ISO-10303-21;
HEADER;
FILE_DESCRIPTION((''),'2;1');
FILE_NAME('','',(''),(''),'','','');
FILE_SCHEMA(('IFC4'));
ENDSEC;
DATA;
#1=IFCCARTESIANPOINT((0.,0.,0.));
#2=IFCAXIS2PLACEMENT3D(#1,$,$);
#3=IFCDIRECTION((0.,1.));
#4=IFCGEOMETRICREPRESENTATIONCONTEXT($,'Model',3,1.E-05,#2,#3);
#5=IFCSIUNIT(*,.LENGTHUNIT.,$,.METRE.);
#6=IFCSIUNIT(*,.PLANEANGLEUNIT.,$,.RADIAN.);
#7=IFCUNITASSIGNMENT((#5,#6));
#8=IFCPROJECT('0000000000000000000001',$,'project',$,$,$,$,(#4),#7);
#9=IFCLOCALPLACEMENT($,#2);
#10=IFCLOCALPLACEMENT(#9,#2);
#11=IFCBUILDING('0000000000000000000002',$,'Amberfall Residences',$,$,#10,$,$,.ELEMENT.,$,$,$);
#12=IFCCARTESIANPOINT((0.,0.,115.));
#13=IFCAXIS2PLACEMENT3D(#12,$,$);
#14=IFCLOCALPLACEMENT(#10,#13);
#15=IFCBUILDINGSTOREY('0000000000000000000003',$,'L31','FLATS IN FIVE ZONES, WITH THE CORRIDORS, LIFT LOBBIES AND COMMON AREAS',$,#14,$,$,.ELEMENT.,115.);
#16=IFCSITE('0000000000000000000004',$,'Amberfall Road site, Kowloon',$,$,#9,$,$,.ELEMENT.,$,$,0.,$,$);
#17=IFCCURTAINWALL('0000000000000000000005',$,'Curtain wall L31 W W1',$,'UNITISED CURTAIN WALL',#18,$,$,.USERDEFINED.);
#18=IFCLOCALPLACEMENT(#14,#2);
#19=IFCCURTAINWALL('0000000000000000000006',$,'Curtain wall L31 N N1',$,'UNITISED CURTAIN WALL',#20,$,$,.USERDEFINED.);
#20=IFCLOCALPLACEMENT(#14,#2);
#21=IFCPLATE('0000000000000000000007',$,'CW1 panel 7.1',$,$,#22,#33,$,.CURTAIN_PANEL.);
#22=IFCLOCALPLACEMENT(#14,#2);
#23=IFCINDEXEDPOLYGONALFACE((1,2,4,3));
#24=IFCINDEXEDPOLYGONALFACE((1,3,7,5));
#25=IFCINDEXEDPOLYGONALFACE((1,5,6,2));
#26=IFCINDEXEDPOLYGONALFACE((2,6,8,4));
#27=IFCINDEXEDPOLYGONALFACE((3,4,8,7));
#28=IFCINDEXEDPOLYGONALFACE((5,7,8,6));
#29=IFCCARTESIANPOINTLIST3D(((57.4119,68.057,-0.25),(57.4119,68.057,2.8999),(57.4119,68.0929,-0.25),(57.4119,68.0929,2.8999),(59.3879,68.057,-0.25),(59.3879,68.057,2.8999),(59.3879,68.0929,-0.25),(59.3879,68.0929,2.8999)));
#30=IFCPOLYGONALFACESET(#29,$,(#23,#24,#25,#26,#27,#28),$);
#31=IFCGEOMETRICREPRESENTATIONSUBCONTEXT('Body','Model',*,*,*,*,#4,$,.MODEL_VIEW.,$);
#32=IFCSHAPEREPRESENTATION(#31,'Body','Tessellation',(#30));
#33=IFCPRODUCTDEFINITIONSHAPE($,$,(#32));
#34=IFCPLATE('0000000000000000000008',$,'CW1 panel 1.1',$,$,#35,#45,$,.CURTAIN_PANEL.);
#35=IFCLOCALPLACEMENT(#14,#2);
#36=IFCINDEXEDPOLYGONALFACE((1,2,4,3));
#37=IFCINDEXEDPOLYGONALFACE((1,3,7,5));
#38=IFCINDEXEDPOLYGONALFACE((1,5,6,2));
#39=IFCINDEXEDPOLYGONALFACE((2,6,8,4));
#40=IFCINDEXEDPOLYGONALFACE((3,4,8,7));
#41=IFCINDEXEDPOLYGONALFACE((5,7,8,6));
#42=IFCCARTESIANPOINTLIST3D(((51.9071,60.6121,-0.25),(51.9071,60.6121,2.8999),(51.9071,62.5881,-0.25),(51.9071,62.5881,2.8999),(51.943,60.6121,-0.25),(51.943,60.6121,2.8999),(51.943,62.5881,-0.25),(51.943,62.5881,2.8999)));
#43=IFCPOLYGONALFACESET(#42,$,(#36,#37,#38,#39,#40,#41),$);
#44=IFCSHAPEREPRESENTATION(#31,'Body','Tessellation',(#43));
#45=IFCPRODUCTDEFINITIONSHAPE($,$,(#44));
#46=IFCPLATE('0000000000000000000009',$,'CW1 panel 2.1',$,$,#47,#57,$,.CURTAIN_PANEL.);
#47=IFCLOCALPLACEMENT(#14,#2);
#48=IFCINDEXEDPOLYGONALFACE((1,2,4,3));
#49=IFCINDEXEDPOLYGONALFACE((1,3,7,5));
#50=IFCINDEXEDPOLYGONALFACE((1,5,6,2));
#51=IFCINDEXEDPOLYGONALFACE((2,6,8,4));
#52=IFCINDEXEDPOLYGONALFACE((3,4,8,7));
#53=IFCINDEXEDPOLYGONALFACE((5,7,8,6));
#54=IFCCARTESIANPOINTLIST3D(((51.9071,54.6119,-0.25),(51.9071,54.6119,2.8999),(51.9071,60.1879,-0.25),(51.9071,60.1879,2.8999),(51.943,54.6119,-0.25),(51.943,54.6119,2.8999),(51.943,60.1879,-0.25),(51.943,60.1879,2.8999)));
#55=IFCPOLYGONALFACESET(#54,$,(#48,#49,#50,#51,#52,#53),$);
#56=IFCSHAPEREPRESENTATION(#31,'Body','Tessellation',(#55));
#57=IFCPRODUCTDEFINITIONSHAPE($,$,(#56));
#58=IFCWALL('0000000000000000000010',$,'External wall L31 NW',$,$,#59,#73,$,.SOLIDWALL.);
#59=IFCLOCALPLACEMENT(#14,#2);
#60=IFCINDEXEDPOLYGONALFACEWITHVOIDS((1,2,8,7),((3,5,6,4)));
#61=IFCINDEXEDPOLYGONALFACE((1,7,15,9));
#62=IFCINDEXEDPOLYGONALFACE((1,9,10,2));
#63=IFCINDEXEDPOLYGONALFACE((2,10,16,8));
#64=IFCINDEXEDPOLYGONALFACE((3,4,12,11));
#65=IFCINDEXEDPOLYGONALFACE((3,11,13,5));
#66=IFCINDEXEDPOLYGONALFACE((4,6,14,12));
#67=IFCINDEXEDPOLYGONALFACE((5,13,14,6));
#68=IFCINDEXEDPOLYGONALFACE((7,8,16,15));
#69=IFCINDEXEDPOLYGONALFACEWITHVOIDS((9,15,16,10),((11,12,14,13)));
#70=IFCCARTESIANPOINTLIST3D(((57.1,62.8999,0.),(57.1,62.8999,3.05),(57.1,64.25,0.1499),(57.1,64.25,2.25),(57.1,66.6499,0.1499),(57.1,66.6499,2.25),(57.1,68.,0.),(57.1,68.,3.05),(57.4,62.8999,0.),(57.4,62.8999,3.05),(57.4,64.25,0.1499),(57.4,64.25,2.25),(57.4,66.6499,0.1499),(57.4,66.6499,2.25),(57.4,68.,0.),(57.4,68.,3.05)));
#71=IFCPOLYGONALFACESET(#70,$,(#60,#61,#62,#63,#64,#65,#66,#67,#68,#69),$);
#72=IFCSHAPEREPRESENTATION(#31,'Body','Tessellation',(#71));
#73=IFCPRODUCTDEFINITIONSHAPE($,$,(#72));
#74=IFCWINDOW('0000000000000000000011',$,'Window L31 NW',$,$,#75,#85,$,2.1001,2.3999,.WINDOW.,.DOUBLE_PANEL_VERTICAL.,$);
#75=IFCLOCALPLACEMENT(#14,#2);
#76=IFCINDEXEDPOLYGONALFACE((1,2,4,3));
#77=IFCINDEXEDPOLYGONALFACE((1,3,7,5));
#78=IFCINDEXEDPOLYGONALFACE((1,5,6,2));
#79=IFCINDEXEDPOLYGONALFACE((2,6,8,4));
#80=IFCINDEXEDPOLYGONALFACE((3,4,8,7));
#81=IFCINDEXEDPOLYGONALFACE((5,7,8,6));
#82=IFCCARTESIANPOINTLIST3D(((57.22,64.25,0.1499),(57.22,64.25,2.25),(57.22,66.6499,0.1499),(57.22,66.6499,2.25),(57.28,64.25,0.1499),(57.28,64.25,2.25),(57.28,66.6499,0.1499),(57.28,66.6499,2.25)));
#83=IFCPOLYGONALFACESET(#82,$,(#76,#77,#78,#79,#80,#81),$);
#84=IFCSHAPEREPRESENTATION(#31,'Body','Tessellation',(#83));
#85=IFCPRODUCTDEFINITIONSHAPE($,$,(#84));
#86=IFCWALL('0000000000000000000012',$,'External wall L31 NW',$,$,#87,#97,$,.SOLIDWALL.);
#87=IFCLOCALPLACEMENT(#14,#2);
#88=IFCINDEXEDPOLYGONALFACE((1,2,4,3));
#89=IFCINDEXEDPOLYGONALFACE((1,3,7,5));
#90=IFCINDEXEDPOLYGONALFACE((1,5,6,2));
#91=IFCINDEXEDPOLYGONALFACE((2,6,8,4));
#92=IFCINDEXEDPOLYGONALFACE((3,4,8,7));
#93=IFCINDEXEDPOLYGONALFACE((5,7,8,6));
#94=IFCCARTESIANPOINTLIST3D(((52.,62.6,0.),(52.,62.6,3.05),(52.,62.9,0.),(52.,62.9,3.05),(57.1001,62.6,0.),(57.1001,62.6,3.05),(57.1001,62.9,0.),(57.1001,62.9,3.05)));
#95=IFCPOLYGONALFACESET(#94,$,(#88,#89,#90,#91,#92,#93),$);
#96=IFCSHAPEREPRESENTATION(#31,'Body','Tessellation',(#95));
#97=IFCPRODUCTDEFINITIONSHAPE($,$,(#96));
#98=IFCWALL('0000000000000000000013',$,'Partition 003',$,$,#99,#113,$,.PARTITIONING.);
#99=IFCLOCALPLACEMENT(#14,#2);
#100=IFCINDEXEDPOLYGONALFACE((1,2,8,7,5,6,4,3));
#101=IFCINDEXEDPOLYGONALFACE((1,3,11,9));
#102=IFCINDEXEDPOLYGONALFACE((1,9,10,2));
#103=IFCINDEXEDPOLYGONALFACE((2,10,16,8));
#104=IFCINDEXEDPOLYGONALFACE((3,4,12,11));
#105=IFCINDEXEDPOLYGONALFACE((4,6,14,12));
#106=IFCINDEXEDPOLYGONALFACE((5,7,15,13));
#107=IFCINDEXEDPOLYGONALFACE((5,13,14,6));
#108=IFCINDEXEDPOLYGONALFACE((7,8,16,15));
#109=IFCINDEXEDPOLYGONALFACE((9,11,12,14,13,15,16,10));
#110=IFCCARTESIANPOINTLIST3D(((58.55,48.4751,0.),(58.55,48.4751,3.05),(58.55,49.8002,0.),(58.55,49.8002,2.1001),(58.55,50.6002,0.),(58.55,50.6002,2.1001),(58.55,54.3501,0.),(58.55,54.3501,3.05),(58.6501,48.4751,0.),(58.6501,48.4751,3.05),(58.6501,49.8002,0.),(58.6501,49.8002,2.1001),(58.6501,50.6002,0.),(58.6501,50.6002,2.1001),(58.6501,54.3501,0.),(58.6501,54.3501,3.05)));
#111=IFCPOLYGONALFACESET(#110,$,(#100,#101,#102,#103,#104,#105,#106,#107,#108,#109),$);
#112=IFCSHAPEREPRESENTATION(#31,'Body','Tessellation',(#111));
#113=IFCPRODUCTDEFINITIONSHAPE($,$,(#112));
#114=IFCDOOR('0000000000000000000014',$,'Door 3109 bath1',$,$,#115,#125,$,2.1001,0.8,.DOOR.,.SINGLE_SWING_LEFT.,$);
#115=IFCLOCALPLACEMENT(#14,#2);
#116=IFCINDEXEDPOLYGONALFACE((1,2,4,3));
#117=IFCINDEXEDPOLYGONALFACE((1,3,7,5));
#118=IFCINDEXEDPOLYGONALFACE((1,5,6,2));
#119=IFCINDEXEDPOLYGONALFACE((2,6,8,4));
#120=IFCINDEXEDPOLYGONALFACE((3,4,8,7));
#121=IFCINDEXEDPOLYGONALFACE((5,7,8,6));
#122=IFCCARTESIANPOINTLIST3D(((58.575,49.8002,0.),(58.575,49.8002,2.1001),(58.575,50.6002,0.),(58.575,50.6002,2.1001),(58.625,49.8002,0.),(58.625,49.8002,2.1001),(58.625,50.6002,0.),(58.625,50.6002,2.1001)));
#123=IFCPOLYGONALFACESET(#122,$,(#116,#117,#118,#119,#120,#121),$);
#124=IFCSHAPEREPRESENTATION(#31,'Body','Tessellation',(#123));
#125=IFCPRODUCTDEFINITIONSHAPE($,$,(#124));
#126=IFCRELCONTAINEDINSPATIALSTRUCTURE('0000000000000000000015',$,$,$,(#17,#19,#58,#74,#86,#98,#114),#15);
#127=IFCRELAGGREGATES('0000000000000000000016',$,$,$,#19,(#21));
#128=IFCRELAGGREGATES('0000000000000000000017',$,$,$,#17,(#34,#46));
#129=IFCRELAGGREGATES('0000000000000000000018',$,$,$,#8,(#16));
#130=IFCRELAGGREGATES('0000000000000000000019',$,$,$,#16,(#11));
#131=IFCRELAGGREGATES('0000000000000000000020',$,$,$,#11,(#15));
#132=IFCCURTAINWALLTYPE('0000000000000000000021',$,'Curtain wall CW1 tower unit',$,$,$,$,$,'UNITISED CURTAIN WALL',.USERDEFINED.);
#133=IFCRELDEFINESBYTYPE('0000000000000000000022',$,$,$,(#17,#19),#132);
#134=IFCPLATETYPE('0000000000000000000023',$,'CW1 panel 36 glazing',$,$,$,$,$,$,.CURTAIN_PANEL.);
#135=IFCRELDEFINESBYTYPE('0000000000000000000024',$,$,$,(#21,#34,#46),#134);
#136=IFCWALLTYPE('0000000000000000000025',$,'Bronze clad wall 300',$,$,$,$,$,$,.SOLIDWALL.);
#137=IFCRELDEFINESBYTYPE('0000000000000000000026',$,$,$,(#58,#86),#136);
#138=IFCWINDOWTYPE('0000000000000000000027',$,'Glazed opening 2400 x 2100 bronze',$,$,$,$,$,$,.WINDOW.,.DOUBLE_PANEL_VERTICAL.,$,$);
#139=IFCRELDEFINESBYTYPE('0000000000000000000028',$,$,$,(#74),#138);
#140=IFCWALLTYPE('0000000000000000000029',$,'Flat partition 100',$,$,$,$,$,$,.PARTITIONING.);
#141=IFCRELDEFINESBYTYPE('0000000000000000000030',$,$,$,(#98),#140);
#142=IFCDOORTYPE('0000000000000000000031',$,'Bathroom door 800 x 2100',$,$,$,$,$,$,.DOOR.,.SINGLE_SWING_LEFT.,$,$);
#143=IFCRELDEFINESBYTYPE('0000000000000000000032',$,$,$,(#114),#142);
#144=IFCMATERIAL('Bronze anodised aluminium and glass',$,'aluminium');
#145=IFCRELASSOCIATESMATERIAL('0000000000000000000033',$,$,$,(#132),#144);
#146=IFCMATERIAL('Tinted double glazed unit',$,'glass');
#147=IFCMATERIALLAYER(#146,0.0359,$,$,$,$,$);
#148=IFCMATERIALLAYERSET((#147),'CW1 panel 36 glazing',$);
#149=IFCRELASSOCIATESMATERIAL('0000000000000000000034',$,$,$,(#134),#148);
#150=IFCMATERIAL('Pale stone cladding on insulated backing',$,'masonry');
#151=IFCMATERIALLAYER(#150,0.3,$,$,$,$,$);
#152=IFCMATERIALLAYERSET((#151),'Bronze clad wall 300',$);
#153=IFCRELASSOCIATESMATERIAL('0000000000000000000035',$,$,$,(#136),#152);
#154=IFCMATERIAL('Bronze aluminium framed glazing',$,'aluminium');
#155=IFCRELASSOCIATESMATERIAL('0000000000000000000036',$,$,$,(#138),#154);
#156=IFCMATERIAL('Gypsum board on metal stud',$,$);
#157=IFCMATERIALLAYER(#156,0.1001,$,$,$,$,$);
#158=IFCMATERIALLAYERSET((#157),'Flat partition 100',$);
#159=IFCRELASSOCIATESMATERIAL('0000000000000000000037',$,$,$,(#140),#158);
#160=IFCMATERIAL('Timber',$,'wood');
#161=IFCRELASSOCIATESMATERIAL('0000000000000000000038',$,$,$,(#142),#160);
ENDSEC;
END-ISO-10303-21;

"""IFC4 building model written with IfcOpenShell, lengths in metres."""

from ifc_helpers import new_model, si_unit, direction, frame, frame_2d, origin, origin_2d, place, context, subcontext, project, spatial, rectangle, extrude, material, layer, layer_set, type_object, element, fill, aggregate, save


model = new_model("IFC4")

# Units and contexts
model_context = context("Model", 3, precision=1e-05, world=origin(), true_north=direction((0.0, 1.0)))
body_context = subcontext(model_context, "Body", "Model", "MODEL_VIEW")
ifc_project = project(units=[si_unit("LENGTHUNIT", "METRE"), si_unit("PLANEANGLEUNIT", "RADIAN")], contexts=[model_context])

# Site, building, storey
site_placement = place(None, origin())
site = spatial("IfcSite", under=ifc_project, at=site_placement, Name="Amberfall Road site, Kowloon", CompositionType="ELEMENT", RefElevation=0.0)
building_placement = place(site_placement, origin())
building = spatial("IfcBuilding", under=site, at=building_placement, Name="Amberfall Residences", CompositionType="ELEMENT")
storey_placement = place(building_placement, frame((0.0, 0.0, 115.0)))
storey = spatial("IfcBuildingStorey", under=building, at=storey_placement, Name="L31", Description="FLATS IN FIVE ZONES, WITH THE CORRIDORS, LIFT LOBBIES AND COMMON AREAS", CompositionType="ELEMENT", Elevation=115.0)

# Curtain wall
ifc_material_1 = material(Name="Bronze anodised aluminium and glass", Category="aluminium")
curtain_wall_type = type_object("IfcCurtainWallType", Name="Curtain wall CW1 tower unit", ElementType="UNITISED CURTAIN WALL", PredefinedType="USERDEFINED", material=ifc_material_1)
curtain_wall_1_placement = place(storey_placement, origin())
curtain_wall_1 = element("IfcCurtainWall", 1, at=curtain_wall_1_placement, inside=storey, type_object=curtain_wall_type, Name="Curtain wall L31 W W1", ObjectType="UNITISED CURTAIN WALL", PredefinedType="USERDEFINED")

# Curtain wall
curtain_wall_2_placement = place(storey_placement, origin())
curtain_wall_2 = element("IfcCurtainWall", 2, at=curtain_wall_2_placement, inside=storey, type_object=curtain_wall_type, Name="Curtain wall L31 N N1", ObjectType="UNITISED CURTAIN WALL", PredefinedType="USERDEFINED")

# Plates
ifc_material_2 = material(Name="Tinted double glazed unit", Category="glass")
ifc_layer_1 = layer(ifc_material_2, 0.0359)
ifc_layer_set_1 = layer_set([ifc_layer_1], Name="CW1 panel 36 glazing")
plate_type = type_object("IfcPlateType", Name="CW1 panel 36 glazing", PredefinedType="CURTAIN_PANEL", material=ifc_layer_set_1)
plate_1_placement = place(storey_placement, frame((58.3999, 68.075, -0.25), z_axis=(0.0, 0.0, 1.0), x_axis=(-1.0, 0.0, 0.0)))
plate_1 = element("IfcPlate", 3, at=plate_1_placement, type_object=plate_type, Name="CW1 panel 7.1", PredefinedType="CURTAIN_PANEL", context=body_context, shape_type="SweptSolid", body=[
    extrude(rectangle(XDim=1.9761, YDim=0.0359, at=origin_2d()), origin(), (0.0, 0.0, 1.0), 3.1499),
])
aggregate(curtain_wall_2, [plate_1])
plate_2_placement = place(storey_placement, frame((51.925, 61.6001, -0.25), z_axis=(0.0, 0.0, 1.0), x_axis=(0.0, -1.0, 0.0)))
plate_2 = element("IfcPlate", 4, at=plate_2_placement, type_object=plate_type, Name="CW1 panel 1.1", PredefinedType="CURTAIN_PANEL", context=body_context, shape_type="SweptSolid", body=[
    extrude(rectangle(XDim=1.9761, YDim=0.0359, at=origin_2d()), origin(), (0.0, 0.0, 1.0), 3.1499),
])
plate_3_placement = place(storey_placement, frame((51.925, 57.3999, -0.25), z_axis=(0.0, 0.0, 1.0), x_axis=(0.0, -1.0, 0.0)))
plate_3 = element("IfcPlate", 5, at=plate_3_placement, type_object=plate_type, Name="CW1 panel 2.1", PredefinedType="CURTAIN_PANEL", context=body_context, shape_type="SweptSolid", body=[
    extrude(rectangle(XDim=5.5759, YDim=0.0359, at=origin_2d()), origin(), (0.0, 0.0, 1.0), 3.1499),
])
aggregate(curtain_wall_1, [plate_2, plate_3])

# Wall, opening, window
ifc_material_3 = material(Name="Pale stone cladding on insulated backing", Category="masonry")
ifc_layer_2 = layer(ifc_material_3, 0.3)
ifc_layer_set_2 = layer_set([ifc_layer_2], Name="Bronze clad wall 300")
wall_type_1 = type_object("IfcWallType", Name="Bronze clad wall 300", PredefinedType="SOLIDWALL", material=ifc_layer_set_2)
wall_1_placement = place(storey_placement, frame((57.25, 68.0, 0.0), z_axis=(0.0, 0.0, 1.0), x_axis=(0.0, -1.0, 0.0)))
wall_1 = element("IfcWall", 6, at=wall_1_placement, inside=storey, type_object=wall_type_1, Name="External wall L31 NW", PredefinedType="SOLIDWALL", context=body_context, shape_type="SweptSolid", body=[
    extrude(rectangle(XDim=5.1001, YDim=0.3, at=frame_2d((2.55, 0.0))), origin(), (0.0, 0.0, 1.0), 3.05),
])
opening_1_placement = place(wall_1_placement, frame((1.3501, 0.0, 0.1499)))
opening_1 = element("IfcOpeningElement", 7, at=opening_1_placement, cuts=wall_1, PredefinedType="OPENING", context=body_context, shape_type="SweptSolid", body=[
    extrude(rectangle(XDim=2.3999, YDim=2.1001, at=frame_2d((1.2, 1.05))), frame((0.0, 0.1599, 0.0), z_axis=(0.0, -1.0, 0.0), x_axis=(1.0, 0.0, 0.0)), (0.0, 0.0, 1.0), 0.3201),
])
ifc_material_4 = material(Name="Bronze aluminium framed glazing", Category="aluminium")
window_type = type_object("IfcWindowType", Name="Glazed opening 2400 x 2100 bronze", PartitioningType="DOUBLE_PANEL_VERTICAL", PredefinedType="WINDOW", material=ifc_material_4)
window_placement = place(opening_1_placement, origin())
window = element("IfcWindow", 8, at=window_placement, inside=storey, type_object=window_type, Name="Window L31 NW", OverallHeight=2.1001, OverallWidth=2.3999, PartitioningType="DOUBLE_PANEL_VERTICAL", PredefinedType="WINDOW", context=body_context, shape_type="SweptSolid", body=[
    extrude(rectangle(XDim=2.3999, YDim=2.1001, at=frame_2d((1.2, 1.05))), frame((0.0, 0.03, 0.0), z_axis=(0.0, -1.0, 0.0), x_axis=(1.0, 0.0, 0.0)), (0.0, 0.0, 1.0), 0.0601),
])
fill(opening_1, window)

# Wall
wall_2_placement = place(storey_placement, frame((57.1001, 62.75, 0.0), z_axis=(0.0, 0.0, 1.0), x_axis=(-1.0, 0.0, 0.0)))
element("IfcWall", 9, at=wall_2_placement, inside=storey, type_object=wall_type_1, Name="External wall L31 NW", PredefinedType="SOLIDWALL", context=body_context, shape_type="SweptSolid", body=[
    extrude(rectangle(XDim=5.1001, YDim=0.3, at=frame_2d((2.55, 0.0))), origin(), (0.0, 0.0, 1.0), 3.05),
])

# Wall, opening, door
ifc_material_5 = material(Name="Gypsum board on metal stud")
ifc_layer_3 = layer(ifc_material_5, 0.1001)
ifc_layer_set_3 = layer_set([ifc_layer_3], Name="Flat partition 100")
wall_type_2 = type_object("IfcWallType", Name="Flat partition 100", PredefinedType="PARTITIONING", material=ifc_layer_set_3)
wall_3_placement = place(storey_placement, frame((58.6001, 54.3501, 0.0), z_axis=(0.0, 0.0, 1.0), x_axis=(0.0, -1.0, 0.0)))
wall_3 = element("IfcWall", 10, at=wall_3_placement, inside=storey, type_object=wall_type_2, Name="Partition 003", PredefinedType="PARTITIONING", context=body_context, shape_type="SweptSolid", body=[
    extrude(rectangle(XDim=5.875, YDim=0.1001, at=frame_2d((2.9375, 0.0))), origin(), (0.0, 0.0, 1.0), 3.05),
])
opening_2_placement = place(wall_3_placement, frame((3.75, 0.0, 0.0)))
opening_2 = element("IfcOpeningElement", 11, at=opening_2_placement, cuts=wall_3, PredefinedType="OPENING", context=body_context, shape_type="SweptSolid", body=[
    extrude(rectangle(XDim=0.8, YDim=2.1001, at=frame_2d((0.3999, 1.05))), frame((0.0, 0.0601, 0.0), z_axis=(0.0, -1.0, 0.0), x_axis=(1.0, 0.0, 0.0)), (0.0, 0.0, 1.0), 0.1201),
])
ifc_material_6 = material(Name="Timber", Category="wood")
door_type = type_object("IfcDoorType", Name="Bathroom door 800 x 2100", OperationType="SINGLE_SWING_LEFT", PredefinedType="DOOR", material=ifc_material_6)
door_placement = place(opening_2_placement, origin())
door = element("IfcDoor", 12, at=door_placement, inside=storey, type_object=door_type, Name="Door 3109 bath1", OperationType="SINGLE_SWING_LEFT", OverallHeight=2.1001, OverallWidth=0.8, PredefinedType="DOOR", context=body_context, shape_type="SweptSolid", body=[
    extrude(rectangle(XDim=0.8, YDim=2.1001, at=frame_2d((0.3999, 1.05))), frame((0.0, 0.0249, 0.0), z_axis=(0.0, -1.0, 0.0), x_axis=(1.0, 0.0, 0.0)), (0.0, 0.0, 1.0), 0.05),
])
fill(opening_2, door)

save(model, "model.ifc")
